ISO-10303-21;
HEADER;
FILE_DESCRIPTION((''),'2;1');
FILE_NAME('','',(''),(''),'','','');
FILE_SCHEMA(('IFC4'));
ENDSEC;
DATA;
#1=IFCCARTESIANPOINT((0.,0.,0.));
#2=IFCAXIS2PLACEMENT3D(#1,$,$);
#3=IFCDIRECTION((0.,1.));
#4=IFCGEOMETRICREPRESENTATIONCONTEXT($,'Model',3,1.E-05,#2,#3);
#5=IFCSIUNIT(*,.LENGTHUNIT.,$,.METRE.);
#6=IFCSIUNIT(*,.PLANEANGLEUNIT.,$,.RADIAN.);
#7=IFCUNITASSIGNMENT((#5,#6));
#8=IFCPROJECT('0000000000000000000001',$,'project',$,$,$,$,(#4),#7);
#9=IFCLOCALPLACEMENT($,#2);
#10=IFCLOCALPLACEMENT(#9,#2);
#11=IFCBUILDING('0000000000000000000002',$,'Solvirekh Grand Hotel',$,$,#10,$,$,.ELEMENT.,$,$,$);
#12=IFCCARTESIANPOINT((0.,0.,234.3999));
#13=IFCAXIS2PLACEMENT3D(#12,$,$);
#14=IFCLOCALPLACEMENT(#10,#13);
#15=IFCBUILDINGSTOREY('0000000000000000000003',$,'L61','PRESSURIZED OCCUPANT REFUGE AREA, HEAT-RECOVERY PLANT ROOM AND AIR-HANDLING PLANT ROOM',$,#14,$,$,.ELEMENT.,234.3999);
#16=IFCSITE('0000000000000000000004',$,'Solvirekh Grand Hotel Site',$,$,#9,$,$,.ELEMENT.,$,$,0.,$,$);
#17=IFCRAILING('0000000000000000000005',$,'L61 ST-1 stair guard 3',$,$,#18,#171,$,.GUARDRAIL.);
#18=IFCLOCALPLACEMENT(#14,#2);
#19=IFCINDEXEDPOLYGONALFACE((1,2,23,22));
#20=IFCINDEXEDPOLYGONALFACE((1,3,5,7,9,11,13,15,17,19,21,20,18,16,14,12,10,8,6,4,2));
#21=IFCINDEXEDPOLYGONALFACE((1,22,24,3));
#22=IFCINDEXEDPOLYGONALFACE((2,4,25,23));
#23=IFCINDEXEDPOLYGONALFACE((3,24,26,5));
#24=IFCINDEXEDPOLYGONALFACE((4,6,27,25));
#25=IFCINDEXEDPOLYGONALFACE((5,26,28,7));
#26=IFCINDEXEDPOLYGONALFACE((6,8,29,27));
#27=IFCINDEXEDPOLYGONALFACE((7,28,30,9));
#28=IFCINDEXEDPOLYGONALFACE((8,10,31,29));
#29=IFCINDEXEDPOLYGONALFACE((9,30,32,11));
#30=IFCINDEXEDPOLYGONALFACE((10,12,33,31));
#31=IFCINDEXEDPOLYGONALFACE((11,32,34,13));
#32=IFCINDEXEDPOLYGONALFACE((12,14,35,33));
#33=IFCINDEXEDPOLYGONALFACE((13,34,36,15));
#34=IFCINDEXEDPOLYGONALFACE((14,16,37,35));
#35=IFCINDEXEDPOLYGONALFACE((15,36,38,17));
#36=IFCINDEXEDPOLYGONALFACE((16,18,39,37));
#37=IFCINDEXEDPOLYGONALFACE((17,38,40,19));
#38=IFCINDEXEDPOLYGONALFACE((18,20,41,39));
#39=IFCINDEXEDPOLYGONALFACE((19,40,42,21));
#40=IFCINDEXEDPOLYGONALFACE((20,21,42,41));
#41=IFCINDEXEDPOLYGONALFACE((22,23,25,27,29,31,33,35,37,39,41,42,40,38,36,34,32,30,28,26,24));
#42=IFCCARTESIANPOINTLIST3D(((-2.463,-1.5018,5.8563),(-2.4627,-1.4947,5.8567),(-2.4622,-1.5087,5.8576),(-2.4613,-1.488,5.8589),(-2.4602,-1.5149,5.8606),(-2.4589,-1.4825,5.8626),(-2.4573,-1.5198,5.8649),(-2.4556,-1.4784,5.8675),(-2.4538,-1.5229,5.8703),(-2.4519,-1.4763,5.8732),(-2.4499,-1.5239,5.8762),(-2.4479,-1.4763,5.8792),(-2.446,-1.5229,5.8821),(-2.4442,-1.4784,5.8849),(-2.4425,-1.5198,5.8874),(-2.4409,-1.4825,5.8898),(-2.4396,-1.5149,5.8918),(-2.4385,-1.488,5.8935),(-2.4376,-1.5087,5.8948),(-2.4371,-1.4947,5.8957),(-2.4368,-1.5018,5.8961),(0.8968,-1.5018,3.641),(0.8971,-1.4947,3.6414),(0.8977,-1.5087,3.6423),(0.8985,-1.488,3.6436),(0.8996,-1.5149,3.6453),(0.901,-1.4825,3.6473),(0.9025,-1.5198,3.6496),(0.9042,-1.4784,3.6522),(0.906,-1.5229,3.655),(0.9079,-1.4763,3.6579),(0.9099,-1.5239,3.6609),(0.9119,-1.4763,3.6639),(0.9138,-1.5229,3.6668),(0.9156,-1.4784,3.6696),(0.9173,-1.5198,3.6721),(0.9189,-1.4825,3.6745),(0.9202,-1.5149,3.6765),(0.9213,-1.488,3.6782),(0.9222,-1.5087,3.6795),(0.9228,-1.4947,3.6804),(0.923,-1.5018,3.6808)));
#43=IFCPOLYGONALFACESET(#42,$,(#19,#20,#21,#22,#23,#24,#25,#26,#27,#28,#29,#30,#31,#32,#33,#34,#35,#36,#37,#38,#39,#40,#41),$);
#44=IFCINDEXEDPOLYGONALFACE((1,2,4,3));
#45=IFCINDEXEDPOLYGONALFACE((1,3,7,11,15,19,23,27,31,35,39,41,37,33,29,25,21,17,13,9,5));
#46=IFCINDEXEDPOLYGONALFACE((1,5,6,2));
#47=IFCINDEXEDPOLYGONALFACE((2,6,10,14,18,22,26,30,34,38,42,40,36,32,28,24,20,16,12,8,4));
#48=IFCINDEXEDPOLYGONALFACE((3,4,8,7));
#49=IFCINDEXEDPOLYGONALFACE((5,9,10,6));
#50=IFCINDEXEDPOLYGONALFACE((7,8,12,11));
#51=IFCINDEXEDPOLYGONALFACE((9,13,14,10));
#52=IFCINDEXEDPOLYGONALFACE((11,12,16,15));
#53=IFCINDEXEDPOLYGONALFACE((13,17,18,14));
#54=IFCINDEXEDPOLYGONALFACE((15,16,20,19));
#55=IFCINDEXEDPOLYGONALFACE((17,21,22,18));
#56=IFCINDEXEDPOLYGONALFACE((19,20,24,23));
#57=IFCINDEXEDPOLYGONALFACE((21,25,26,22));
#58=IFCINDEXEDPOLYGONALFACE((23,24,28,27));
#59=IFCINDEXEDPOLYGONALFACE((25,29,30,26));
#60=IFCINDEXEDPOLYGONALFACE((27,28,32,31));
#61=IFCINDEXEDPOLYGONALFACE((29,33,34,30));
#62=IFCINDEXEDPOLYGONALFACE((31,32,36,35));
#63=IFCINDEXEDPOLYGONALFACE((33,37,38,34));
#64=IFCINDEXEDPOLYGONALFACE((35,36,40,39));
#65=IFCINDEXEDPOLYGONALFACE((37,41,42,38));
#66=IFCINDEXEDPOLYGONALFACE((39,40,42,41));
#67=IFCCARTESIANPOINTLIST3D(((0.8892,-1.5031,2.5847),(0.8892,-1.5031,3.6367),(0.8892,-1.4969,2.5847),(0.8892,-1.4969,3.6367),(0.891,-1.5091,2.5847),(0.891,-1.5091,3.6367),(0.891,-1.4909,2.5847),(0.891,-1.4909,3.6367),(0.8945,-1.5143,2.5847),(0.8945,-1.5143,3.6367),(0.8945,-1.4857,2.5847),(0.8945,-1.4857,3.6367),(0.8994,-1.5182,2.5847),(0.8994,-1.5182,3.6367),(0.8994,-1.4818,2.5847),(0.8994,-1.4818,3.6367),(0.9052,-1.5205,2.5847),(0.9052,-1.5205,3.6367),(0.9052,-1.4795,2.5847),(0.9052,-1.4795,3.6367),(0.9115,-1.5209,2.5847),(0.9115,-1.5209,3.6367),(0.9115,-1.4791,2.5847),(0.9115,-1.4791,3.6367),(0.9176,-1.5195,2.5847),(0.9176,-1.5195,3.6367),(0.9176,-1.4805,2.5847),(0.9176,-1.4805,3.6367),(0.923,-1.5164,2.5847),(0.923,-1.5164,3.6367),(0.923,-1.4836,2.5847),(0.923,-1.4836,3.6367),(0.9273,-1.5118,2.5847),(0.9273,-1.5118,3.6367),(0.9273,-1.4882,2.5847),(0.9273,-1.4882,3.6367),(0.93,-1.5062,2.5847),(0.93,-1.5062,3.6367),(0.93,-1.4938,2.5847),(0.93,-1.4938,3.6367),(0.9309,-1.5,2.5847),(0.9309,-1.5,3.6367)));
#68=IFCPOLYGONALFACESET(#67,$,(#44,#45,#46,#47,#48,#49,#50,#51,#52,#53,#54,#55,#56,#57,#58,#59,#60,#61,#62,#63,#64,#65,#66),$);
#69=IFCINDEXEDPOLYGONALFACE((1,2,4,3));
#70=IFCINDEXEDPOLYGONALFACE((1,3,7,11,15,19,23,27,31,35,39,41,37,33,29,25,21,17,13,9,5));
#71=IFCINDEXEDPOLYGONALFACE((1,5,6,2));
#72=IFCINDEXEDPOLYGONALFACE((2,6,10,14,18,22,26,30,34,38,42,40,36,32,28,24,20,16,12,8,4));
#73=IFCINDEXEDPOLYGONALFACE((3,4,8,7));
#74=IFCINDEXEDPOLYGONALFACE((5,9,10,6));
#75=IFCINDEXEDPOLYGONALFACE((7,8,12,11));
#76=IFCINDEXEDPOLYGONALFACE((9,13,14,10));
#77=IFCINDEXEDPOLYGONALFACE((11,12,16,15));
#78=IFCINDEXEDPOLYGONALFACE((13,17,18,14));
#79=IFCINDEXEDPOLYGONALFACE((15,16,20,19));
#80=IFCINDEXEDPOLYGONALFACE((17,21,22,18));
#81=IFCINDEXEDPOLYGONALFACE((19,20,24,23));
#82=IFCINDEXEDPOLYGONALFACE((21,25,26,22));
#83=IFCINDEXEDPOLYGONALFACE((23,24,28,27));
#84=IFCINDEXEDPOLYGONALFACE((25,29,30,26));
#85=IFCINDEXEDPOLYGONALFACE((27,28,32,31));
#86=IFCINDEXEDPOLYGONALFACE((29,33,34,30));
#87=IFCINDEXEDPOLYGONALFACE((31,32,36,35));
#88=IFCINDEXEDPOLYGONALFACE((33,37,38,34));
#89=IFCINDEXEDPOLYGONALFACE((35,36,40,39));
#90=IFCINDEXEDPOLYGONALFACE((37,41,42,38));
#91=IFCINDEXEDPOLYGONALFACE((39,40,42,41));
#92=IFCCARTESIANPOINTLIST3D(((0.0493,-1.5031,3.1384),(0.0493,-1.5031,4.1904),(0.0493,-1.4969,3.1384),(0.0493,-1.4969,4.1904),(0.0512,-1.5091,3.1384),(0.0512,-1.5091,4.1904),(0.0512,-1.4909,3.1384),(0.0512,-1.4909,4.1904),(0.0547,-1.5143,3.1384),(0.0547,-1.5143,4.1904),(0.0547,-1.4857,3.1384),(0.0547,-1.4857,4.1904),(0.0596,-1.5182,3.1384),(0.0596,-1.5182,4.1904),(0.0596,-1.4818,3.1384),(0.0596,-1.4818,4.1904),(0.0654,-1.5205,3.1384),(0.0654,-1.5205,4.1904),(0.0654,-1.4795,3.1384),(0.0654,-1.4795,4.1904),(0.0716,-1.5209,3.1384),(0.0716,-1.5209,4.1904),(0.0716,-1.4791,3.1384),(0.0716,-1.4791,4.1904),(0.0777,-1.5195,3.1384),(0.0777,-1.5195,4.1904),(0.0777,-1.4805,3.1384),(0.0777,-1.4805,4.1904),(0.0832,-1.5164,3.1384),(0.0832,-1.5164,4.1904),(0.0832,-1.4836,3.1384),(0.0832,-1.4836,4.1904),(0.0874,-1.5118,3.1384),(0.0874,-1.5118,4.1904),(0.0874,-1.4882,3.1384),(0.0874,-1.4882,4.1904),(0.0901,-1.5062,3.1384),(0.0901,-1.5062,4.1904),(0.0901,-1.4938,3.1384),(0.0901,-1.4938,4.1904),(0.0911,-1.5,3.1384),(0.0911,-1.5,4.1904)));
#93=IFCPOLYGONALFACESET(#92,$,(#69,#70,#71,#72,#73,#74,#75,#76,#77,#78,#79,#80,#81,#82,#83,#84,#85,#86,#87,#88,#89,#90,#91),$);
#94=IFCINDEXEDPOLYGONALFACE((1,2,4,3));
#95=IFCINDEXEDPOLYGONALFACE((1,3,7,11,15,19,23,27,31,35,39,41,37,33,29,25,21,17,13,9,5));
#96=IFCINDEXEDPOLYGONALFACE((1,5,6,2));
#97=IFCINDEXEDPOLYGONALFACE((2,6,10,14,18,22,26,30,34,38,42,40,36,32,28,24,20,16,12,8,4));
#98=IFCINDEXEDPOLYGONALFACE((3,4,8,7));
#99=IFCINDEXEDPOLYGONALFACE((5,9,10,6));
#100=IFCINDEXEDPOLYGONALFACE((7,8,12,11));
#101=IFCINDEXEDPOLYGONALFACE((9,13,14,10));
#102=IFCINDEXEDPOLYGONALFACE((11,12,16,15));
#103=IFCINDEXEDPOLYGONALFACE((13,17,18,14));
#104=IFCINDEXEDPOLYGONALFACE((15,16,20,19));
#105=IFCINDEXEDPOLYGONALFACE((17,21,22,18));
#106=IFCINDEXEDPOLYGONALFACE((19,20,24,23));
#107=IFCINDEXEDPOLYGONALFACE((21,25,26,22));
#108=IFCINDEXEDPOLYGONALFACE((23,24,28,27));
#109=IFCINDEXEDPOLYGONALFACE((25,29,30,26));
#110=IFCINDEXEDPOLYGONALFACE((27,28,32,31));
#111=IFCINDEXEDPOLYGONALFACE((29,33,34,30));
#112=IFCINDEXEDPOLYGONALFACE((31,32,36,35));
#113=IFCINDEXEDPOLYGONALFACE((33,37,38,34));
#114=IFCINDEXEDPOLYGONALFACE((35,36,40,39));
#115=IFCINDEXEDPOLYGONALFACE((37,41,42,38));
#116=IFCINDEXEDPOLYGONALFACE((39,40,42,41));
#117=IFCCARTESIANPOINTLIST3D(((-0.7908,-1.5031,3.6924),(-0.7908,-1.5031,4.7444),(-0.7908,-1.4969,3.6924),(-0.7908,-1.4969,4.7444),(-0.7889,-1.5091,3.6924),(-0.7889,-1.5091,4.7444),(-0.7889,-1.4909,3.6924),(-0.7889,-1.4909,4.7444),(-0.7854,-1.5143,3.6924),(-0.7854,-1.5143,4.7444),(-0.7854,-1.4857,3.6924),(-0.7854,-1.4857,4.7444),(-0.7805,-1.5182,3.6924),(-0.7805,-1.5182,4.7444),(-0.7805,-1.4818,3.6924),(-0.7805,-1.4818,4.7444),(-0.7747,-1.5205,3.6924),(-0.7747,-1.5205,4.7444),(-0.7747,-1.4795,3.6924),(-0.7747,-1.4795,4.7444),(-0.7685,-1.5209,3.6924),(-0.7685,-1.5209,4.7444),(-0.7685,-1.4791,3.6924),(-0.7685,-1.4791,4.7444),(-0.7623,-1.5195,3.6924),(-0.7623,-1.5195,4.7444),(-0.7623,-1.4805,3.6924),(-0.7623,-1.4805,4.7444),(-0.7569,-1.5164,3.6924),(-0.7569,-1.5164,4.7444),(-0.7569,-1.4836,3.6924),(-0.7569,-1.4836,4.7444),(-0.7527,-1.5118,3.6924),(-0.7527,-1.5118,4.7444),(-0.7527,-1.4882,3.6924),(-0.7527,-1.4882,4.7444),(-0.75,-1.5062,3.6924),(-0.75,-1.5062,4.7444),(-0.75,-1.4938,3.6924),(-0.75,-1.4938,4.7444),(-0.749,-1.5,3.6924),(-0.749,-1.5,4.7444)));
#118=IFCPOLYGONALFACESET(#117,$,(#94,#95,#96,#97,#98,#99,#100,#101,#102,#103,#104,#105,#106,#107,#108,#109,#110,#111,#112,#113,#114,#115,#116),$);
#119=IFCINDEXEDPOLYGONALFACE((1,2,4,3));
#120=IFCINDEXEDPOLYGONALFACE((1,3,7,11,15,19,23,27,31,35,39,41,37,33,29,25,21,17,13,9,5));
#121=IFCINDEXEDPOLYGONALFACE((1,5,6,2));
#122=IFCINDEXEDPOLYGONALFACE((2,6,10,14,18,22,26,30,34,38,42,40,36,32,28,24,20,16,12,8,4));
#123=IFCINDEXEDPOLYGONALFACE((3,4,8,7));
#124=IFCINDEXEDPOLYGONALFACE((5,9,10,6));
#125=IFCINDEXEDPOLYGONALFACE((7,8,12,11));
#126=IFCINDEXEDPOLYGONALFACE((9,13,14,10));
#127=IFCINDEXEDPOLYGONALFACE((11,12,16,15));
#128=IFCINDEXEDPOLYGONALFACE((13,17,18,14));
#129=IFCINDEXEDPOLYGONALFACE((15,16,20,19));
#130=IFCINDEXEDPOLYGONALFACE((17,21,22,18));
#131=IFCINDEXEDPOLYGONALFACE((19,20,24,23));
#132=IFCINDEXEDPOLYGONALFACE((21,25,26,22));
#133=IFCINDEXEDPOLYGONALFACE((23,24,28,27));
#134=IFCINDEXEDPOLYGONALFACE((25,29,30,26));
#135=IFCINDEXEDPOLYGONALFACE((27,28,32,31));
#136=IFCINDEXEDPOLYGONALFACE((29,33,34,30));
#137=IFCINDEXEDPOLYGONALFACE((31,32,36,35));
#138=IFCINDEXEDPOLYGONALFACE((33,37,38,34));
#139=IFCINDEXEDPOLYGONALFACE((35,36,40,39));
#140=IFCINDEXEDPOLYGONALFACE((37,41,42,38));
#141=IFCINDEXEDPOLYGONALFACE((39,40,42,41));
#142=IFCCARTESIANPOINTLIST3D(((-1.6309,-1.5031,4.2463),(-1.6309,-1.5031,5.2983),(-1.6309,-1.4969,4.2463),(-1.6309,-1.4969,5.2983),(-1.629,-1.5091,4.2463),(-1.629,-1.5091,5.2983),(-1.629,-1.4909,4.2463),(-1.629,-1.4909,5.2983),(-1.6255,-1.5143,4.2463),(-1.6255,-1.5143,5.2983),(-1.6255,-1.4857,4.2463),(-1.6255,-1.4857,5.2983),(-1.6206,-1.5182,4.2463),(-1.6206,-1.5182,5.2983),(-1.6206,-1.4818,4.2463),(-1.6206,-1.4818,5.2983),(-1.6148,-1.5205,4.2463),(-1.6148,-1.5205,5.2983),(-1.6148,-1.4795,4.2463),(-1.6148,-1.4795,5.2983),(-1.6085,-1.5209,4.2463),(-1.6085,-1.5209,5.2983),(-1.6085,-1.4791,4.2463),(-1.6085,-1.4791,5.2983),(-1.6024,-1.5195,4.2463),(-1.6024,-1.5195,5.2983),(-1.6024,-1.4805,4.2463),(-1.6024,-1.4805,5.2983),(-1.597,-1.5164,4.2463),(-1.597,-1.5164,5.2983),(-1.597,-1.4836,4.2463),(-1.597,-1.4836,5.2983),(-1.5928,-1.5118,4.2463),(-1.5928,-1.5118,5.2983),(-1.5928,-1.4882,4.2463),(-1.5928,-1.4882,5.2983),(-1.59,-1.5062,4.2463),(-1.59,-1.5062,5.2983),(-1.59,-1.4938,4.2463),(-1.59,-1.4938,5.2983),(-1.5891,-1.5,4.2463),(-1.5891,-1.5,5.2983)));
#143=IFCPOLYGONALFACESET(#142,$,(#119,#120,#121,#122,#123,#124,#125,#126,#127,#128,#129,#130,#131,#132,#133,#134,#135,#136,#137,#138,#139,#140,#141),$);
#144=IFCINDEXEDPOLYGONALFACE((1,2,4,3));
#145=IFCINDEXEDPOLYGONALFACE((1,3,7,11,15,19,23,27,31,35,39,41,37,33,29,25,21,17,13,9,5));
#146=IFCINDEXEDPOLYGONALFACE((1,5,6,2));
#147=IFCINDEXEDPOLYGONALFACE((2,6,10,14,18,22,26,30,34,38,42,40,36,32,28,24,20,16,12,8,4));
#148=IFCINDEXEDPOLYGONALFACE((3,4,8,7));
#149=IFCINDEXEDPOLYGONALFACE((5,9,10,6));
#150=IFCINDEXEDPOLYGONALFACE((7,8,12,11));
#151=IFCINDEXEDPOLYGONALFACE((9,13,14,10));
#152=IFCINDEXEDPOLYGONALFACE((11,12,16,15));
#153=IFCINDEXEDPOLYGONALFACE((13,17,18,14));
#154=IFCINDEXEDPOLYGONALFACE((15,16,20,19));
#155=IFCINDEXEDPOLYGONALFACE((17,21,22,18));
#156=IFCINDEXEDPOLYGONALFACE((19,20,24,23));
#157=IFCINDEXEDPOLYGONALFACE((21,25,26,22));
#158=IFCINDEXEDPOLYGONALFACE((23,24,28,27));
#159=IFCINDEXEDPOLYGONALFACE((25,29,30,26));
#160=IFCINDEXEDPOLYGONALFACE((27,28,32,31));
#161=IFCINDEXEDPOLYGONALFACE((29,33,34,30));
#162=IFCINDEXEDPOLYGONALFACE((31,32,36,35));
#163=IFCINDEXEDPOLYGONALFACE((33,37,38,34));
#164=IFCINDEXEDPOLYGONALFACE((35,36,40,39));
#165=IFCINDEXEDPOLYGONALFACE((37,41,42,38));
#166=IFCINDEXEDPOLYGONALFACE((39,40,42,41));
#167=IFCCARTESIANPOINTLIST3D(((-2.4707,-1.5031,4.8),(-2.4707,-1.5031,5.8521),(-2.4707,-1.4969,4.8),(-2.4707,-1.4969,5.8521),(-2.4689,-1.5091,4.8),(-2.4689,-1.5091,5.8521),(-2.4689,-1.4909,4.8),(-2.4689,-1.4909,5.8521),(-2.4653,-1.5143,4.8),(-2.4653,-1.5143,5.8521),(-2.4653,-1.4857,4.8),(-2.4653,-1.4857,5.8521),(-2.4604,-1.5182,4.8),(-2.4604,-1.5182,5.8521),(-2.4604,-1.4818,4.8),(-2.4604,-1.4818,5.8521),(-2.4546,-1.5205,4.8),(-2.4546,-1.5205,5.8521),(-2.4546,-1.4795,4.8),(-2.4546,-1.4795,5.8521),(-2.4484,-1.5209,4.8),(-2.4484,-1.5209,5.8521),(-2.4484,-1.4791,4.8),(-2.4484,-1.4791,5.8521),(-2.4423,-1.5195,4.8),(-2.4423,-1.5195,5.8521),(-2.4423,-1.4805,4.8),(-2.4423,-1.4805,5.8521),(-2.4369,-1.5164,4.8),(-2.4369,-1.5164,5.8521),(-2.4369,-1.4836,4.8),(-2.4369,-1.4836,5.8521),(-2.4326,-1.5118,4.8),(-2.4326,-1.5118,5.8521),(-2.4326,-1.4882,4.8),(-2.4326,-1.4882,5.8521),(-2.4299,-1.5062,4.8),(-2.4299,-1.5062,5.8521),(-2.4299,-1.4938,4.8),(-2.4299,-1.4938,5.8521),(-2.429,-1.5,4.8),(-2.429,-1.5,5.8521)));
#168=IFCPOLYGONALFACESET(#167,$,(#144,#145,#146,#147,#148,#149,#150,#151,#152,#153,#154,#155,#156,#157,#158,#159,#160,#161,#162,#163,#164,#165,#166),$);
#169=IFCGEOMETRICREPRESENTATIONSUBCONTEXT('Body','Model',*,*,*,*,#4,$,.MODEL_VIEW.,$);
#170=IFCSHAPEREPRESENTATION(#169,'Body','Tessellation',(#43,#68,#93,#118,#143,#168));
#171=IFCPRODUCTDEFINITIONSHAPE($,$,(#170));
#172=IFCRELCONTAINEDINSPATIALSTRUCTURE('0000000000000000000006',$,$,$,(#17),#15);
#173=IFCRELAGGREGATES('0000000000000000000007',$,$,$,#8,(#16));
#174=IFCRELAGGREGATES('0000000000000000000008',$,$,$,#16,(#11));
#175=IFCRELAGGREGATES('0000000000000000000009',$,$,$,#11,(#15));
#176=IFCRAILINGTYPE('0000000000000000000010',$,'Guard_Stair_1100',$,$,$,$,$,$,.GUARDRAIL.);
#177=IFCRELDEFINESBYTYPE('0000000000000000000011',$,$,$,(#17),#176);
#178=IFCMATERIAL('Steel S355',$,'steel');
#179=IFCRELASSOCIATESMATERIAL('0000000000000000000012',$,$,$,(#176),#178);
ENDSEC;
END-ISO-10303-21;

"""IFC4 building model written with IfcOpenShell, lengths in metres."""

from ifc_helpers import new_model, si_unit, direction, frame, origin, origin_2d, place, context, subcontext, project, spatial, circle, extrude, material, type_object, element, save


model = new_model("IFC4")

# Units and contexts
model_context = context("Model", 3, precision=1e-05, world=origin(), true_north=direction((0.0, 1.0)))
body_context = subcontext(model_context, "Body", "Model", "MODEL_VIEW")
ifc_project = project(units=[si_unit("LENGTHUNIT", "METRE"), si_unit("PLANEANGLEUNIT", "RADIAN")], contexts=[model_context])

# Site, building, storey
site_placement = place(None, origin())
site = spatial("IfcSite", under=ifc_project, at=site_placement, Name="Solvirekh Grand Hotel Site", CompositionType="ELEMENT", RefElevation=0.0)
building_placement = place(site_placement, origin())
building = spatial("IfcBuilding", under=site, at=building_placement, Name="Solvirekh Grand Hotel", CompositionType="ELEMENT")
storey_placement = place(building_placement, frame((0.0, 0.0, 234.3999)))
storey = spatial("IfcBuildingStorey", under=building, at=storey_placement, Name="L61", Description="PRESSURIZED OCCUPANT REFUGE AREA, HEAT-RECOVERY PLANT ROOM AND AIR-HANDLING PLANT ROOM", CompositionType="ELEMENT", Elevation=234.3999)

# Shared definitions
ifc_material_1 = material(Name="Steel S355", Category="steel")

# Railing
railing_type_1 = type_object("IfcRailingType", Name="Guard_Stair_1100", PredefinedType="GUARDRAIL", material=ifc_material_1)
railing_1_placement = place(storey_placement, frame((0.9099, -1.5, 2.5847)))
element("IfcRailing", 1, at=railing_1_placement, inside=storey, type_object=railing_type_1, Name="L61 ST-1 stair guard 3", PredefinedType="GUARDRAIL", context=body_context, shape_type="SweptSolid", body=[
    extrude(circle(Radius=0.0239, at=origin_2d()), frame((0.0, 0.0, 1.0762), z_axis=(-0.834858, 0.0, 0.550465), x_axis=(0.0, -1.0, 0.0)), (0.0, 0.0, 1.0), 4.0244),
    extrude(circle(Radius=0.021, at=origin_2d()), origin(), (0.0, 0.0, 1.0), 1.052),
    extrude(circle(Radius=0.021, at=origin_2d()), frame((-0.8398, 0.0, 0.5537)), (0.0, 0.0, 1.0), 1.052),
    extrude(circle(Radius=0.021, at=origin_2d()), frame((-1.6799, 0.0, 1.1077)), (0.0, 0.0, 1.0), 1.052),
    extrude(circle(Radius=0.021, at=origin_2d()), frame((-2.52, 0.0, 1.6616)), (0.0, 0.0, 1.0), 1.052),
    extrude(circle(Radius=0.021, at=origin_2d()), frame((-3.3599, 0.0, 2.2153)), (0.0, 0.0, 1.0), 1.052),
])

save(model, "model.ifc")
